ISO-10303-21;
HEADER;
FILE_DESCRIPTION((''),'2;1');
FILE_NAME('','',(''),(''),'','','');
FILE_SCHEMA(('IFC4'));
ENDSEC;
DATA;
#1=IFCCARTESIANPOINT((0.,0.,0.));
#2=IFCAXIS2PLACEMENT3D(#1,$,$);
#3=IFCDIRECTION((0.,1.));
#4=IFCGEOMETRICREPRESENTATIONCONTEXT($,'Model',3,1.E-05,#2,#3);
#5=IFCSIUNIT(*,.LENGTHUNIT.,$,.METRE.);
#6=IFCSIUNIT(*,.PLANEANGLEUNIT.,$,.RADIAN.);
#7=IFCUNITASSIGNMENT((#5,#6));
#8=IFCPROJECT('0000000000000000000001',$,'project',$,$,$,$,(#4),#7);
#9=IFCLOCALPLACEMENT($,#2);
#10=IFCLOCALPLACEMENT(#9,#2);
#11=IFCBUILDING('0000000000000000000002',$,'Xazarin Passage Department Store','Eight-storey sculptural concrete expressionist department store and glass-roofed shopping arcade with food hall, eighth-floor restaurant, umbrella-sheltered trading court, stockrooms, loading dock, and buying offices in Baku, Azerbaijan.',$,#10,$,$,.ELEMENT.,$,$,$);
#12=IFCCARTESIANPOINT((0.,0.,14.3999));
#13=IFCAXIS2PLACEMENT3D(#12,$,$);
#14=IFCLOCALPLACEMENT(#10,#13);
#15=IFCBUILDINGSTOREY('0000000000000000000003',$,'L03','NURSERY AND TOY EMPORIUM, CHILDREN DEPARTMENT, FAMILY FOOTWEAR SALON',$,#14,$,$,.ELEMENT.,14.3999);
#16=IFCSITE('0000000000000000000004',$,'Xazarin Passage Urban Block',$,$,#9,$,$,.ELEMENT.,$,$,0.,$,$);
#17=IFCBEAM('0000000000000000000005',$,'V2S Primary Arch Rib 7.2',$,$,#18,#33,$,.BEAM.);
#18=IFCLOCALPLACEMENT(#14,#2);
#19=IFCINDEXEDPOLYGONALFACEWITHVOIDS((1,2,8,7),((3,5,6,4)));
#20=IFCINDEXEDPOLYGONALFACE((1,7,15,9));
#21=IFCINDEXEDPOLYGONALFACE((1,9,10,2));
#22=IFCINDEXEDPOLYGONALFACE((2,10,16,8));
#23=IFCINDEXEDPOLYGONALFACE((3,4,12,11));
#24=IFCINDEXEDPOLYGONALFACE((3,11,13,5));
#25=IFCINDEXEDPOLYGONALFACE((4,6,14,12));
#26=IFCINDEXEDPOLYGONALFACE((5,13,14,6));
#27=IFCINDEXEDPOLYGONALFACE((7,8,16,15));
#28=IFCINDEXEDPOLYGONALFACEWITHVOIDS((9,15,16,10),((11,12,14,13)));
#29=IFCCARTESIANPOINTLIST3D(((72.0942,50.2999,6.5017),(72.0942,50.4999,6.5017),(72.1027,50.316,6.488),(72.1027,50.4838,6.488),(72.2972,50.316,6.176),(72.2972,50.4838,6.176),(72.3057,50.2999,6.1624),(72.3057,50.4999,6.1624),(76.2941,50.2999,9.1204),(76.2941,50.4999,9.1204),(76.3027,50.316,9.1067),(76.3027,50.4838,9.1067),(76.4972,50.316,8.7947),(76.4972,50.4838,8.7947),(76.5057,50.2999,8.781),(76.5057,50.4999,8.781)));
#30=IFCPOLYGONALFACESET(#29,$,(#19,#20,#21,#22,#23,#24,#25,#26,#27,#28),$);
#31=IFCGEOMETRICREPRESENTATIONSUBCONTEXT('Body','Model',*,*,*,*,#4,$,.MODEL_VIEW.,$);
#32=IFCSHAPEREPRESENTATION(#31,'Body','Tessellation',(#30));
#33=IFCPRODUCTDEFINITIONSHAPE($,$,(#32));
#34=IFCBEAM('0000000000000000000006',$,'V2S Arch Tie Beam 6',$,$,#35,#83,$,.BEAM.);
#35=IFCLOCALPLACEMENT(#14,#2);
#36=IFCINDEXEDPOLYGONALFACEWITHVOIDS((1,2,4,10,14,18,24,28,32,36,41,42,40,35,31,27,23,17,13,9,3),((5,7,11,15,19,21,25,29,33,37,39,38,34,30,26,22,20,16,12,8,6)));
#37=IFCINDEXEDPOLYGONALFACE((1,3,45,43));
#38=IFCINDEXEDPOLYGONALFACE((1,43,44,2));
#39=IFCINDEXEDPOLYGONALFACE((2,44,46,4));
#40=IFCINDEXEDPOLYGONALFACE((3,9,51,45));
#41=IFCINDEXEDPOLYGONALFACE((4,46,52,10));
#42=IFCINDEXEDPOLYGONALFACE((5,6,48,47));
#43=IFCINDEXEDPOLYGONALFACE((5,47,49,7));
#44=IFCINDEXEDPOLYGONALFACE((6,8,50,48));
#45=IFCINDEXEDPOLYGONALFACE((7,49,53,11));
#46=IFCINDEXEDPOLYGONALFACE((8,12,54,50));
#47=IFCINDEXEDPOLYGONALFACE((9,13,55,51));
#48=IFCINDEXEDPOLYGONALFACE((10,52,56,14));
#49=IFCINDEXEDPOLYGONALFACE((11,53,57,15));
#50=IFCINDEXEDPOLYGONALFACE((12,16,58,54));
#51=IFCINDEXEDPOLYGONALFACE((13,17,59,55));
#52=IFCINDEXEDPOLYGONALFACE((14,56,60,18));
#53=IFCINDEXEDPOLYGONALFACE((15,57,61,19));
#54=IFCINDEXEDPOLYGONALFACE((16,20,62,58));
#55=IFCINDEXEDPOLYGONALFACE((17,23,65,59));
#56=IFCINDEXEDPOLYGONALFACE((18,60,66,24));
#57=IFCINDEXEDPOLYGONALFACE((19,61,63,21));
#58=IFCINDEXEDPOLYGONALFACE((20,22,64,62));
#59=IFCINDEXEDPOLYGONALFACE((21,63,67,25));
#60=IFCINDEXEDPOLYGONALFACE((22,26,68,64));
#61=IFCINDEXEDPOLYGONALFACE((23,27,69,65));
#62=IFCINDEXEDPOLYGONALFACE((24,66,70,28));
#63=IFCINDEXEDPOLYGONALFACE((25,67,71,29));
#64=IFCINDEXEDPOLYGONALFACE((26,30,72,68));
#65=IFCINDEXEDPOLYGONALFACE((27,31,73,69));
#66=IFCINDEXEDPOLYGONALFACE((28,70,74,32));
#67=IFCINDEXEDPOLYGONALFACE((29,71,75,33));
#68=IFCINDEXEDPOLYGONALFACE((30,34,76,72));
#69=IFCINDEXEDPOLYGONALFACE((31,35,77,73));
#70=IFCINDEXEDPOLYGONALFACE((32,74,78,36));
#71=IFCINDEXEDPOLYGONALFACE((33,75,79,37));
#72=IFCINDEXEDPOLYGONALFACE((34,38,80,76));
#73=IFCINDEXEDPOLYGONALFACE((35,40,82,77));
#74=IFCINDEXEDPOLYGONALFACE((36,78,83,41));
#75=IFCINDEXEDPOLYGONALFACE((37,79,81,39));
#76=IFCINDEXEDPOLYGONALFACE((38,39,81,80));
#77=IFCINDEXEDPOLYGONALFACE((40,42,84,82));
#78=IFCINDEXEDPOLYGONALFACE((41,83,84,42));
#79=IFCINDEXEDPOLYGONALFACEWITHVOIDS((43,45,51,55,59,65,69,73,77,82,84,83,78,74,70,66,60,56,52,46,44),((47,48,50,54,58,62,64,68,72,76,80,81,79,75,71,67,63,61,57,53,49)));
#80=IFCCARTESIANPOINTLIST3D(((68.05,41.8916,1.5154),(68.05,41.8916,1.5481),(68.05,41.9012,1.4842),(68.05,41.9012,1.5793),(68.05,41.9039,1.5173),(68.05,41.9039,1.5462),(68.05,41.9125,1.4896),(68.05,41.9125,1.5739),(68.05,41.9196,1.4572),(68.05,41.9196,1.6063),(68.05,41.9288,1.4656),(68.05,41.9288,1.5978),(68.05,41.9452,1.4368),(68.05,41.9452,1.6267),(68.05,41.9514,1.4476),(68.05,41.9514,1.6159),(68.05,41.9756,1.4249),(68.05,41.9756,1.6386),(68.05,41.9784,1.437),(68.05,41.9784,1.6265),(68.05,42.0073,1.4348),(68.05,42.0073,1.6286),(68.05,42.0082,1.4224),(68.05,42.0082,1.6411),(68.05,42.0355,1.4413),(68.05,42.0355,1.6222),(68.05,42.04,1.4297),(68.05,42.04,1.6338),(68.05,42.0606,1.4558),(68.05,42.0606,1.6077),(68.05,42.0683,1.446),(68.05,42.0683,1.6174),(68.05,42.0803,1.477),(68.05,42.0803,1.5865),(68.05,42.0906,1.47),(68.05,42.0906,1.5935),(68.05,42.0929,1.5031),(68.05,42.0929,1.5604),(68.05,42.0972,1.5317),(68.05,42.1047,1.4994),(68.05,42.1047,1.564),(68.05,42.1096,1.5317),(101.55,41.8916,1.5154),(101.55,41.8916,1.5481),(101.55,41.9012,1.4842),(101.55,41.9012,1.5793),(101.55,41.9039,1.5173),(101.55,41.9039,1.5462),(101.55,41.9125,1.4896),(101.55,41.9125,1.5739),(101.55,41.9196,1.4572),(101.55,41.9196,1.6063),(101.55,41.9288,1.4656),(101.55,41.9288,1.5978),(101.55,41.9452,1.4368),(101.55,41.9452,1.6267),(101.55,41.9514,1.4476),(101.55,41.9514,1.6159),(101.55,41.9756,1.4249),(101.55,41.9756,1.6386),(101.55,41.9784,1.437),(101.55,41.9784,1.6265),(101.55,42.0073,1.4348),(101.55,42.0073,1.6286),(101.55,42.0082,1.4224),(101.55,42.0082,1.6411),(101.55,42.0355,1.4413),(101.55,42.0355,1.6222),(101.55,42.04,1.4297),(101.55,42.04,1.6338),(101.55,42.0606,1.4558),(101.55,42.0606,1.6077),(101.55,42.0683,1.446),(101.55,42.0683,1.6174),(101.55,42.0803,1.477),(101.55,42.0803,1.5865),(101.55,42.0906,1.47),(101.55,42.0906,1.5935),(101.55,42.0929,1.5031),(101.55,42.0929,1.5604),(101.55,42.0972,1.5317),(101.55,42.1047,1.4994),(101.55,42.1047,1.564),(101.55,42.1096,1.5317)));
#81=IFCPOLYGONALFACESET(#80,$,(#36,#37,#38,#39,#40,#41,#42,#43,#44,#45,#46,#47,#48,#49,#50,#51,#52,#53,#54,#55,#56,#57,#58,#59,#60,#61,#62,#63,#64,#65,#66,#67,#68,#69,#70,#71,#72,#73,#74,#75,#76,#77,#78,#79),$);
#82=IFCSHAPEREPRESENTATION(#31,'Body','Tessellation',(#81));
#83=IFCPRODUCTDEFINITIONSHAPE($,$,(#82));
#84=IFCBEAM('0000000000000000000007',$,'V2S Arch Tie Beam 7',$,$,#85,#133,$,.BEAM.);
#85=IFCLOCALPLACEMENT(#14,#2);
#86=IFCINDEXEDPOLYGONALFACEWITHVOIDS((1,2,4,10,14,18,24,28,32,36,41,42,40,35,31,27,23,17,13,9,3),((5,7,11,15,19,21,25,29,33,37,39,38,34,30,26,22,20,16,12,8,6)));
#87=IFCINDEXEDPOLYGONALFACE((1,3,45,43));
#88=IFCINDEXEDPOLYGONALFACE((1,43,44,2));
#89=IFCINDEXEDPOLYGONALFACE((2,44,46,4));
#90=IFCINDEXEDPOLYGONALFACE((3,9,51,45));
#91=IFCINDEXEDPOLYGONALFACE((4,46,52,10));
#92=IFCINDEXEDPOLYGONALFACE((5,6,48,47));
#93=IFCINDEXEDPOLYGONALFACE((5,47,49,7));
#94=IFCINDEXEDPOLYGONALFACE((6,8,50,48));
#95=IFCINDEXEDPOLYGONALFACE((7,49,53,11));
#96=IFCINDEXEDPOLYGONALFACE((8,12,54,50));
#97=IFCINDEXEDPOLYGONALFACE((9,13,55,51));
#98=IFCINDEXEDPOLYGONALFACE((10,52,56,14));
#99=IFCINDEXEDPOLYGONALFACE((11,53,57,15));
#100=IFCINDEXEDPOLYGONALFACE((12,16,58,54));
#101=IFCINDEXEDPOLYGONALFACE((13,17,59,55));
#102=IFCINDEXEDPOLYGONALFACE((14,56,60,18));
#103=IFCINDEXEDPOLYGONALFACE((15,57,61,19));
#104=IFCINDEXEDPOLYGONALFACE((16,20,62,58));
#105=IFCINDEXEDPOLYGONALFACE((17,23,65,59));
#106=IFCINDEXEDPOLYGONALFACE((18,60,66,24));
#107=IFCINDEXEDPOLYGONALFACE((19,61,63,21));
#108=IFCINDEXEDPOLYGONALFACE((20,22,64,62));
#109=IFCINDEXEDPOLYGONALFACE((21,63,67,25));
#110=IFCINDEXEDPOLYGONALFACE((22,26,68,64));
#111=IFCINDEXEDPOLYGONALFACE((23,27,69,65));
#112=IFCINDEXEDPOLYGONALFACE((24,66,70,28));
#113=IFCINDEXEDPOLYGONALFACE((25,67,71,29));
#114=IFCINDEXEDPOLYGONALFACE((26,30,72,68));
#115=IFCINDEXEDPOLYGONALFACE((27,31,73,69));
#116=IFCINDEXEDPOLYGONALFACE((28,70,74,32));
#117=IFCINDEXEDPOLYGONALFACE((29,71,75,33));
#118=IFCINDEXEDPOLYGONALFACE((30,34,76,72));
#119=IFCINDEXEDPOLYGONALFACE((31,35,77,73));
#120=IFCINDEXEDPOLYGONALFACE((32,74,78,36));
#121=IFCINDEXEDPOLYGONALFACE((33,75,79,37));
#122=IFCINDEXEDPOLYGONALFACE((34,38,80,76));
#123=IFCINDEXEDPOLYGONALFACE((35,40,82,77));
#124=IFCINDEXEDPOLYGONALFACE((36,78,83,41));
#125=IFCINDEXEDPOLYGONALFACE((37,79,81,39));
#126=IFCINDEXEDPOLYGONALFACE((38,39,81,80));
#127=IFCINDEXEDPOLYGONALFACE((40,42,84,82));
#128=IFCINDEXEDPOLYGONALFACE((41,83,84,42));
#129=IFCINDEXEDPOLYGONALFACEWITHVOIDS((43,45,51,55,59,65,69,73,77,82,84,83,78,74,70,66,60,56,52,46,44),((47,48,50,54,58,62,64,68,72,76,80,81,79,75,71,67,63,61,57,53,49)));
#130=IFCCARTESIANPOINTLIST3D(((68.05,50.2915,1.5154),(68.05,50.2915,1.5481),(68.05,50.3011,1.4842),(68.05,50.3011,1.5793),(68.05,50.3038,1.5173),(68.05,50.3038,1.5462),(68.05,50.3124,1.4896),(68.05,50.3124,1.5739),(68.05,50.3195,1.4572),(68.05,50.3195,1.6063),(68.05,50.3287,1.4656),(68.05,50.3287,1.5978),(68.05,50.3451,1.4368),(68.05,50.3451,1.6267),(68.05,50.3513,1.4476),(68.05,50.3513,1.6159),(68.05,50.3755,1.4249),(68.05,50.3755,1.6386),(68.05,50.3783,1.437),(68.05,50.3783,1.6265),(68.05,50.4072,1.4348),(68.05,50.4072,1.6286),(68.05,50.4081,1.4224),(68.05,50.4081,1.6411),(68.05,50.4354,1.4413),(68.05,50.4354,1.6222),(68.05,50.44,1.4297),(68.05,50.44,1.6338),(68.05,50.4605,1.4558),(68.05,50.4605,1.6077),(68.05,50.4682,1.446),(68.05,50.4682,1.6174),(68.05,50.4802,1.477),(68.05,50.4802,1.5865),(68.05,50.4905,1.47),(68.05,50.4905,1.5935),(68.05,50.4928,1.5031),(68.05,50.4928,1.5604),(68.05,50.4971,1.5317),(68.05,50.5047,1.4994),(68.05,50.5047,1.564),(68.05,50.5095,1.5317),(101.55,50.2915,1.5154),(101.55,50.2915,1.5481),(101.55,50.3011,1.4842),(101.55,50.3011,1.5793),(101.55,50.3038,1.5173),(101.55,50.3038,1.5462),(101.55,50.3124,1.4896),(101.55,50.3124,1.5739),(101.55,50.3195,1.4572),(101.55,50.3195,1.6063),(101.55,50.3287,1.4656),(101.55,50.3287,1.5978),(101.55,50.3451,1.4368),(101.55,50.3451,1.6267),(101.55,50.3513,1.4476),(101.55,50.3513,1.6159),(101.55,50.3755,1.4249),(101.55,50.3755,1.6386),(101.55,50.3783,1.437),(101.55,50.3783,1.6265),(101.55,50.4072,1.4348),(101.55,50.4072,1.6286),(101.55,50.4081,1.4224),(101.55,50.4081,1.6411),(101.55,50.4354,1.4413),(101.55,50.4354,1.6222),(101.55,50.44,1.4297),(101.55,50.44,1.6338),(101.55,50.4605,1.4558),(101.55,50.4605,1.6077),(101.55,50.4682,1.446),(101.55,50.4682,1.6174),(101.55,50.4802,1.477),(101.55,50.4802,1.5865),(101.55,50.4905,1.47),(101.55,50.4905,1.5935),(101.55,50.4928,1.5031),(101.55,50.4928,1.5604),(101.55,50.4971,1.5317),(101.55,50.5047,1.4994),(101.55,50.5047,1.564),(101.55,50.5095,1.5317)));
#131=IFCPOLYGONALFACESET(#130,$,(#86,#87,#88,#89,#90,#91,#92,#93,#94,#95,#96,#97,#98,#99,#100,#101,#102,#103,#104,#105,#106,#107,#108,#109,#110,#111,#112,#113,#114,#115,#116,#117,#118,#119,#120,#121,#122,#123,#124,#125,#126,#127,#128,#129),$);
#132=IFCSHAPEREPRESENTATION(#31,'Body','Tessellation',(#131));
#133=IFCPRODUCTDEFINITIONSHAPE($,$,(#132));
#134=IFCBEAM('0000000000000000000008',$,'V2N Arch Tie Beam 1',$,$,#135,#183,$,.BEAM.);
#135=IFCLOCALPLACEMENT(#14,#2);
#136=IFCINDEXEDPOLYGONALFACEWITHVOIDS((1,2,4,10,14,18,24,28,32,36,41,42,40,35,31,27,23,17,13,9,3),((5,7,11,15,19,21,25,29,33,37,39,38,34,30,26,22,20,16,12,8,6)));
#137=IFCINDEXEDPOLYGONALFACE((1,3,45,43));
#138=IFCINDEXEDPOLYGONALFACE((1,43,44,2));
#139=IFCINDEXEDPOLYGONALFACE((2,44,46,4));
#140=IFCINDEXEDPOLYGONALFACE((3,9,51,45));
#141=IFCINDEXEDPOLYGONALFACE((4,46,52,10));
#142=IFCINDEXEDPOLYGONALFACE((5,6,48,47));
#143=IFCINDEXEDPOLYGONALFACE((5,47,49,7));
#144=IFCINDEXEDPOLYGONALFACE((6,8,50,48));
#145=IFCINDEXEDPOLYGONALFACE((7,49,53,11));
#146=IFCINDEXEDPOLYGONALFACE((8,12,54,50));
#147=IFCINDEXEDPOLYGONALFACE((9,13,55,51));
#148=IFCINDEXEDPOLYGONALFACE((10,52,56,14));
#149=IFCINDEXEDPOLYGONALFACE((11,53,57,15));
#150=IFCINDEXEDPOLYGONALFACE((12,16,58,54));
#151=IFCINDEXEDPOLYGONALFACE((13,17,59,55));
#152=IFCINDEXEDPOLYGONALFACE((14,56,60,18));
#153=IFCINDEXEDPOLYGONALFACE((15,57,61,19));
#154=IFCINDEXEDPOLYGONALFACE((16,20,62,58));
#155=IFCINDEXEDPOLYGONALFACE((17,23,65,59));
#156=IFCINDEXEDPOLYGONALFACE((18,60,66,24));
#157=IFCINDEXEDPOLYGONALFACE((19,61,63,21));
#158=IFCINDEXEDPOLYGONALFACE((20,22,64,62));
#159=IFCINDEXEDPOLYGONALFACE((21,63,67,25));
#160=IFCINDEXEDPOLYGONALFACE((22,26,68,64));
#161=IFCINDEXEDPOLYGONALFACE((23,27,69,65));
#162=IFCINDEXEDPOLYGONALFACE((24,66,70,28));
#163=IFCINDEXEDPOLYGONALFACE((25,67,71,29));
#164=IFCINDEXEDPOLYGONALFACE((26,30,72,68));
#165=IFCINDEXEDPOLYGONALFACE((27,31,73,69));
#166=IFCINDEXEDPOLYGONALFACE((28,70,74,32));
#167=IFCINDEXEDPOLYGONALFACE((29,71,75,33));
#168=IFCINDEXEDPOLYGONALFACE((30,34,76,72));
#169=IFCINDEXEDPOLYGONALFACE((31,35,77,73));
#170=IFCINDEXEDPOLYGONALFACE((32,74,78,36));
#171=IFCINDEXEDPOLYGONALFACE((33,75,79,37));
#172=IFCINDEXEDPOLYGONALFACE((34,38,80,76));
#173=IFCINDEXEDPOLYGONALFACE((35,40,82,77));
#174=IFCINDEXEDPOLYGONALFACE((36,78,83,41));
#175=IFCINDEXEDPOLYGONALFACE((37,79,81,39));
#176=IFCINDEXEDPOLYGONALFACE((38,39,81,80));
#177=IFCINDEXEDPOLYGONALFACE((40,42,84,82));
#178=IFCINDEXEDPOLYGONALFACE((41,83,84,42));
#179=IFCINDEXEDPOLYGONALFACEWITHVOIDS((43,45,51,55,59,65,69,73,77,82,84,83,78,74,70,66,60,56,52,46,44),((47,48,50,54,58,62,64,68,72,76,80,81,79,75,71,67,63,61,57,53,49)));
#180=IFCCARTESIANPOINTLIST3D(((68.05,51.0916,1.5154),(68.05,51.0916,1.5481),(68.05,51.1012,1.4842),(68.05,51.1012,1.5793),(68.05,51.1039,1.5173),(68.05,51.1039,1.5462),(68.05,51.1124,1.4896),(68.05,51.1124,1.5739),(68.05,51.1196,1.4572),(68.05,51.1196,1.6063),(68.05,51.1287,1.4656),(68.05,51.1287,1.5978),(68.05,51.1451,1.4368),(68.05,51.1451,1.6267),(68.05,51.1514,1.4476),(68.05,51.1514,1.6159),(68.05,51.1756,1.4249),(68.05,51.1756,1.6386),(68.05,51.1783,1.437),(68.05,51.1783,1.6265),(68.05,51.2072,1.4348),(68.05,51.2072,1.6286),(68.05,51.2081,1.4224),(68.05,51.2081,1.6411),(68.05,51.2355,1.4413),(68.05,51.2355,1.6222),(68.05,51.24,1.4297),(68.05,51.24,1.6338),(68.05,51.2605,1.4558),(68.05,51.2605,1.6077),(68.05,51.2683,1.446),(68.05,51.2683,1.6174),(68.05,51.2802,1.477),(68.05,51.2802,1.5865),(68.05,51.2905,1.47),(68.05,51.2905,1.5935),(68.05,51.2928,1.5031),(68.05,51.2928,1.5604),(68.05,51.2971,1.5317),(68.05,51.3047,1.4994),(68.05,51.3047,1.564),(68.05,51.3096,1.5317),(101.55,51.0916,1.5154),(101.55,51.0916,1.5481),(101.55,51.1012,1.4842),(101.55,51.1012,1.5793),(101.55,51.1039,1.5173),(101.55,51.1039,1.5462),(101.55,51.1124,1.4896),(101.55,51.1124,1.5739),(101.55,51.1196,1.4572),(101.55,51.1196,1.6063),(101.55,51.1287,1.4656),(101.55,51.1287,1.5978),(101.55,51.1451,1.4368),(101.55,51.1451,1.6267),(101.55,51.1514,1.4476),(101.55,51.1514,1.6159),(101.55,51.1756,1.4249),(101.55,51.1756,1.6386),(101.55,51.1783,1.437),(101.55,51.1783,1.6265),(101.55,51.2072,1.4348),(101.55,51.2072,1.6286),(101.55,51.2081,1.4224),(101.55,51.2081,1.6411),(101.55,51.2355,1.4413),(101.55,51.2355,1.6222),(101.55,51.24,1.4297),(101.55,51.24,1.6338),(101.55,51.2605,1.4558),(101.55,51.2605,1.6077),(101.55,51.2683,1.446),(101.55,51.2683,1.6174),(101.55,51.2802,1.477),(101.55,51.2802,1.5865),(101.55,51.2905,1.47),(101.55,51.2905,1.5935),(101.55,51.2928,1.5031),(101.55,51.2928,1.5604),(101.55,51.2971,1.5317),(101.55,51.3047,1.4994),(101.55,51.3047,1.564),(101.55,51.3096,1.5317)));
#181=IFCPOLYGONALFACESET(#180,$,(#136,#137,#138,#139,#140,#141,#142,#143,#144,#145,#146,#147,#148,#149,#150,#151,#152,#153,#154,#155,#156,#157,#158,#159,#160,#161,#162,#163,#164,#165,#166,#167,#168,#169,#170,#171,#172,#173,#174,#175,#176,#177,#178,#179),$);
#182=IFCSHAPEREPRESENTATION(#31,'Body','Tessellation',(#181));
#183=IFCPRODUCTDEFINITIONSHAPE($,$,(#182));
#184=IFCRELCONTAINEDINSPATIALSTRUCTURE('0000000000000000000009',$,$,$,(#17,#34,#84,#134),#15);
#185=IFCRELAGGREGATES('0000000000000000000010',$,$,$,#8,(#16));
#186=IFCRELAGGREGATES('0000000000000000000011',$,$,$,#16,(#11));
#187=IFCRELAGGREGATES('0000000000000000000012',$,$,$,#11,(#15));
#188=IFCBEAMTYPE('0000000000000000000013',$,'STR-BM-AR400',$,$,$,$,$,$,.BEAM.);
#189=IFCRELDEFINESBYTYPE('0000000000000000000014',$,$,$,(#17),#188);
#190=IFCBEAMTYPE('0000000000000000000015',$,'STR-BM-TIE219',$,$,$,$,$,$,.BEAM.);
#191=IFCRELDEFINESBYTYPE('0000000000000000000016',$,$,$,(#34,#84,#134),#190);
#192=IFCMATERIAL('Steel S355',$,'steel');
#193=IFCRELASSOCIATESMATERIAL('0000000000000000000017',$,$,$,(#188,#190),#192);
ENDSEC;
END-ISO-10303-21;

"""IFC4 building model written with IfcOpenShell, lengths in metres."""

from ifc_helpers import new_model, si_unit, direction, frame, origin, origin_2d, place, context, subcontext, project, spatial, hollow_rectangle, hollow_circle, extrude, material, material_profile, profile_set, type_object, element, save


model = new_model("IFC4")

# Units and contexts
model_context = context("Model", 3, precision=1e-05, world=origin(), true_north=direction((0.0, 1.0)))
body_context = subcontext(model_context, "Body", "Model", "MODEL_VIEW")
ifc_project = project(units=[si_unit("LENGTHUNIT", "METRE"), si_unit("PLANEANGLEUNIT", "RADIAN")], contexts=[model_context])

# Site, building, storey
site_placement = place(None, origin())
site = spatial("IfcSite", under=ifc_project, at=site_placement, Name="Xazarin Passage Urban Block", CompositionType="ELEMENT", RefElevation=0.0)
building_placement = place(site_placement, origin())
building = spatial("IfcBuilding", under=site, at=building_placement, Name="Xazarin Passage Department Store", Description="Eight-storey sculptural concrete expressionist department store and glass-roofed shopping arcade with food hall, eighth-floor restaurant, umbrella-sheltered trading court, stockrooms, loading dock, and buying offices in Baku, Azerbaijan.", CompositionType="ELEMENT")
storey_placement = place(building_placement, frame((0.0, 0.0, 14.3999)))
storey = spatial("IfcBuildingStorey", under=building, at=storey_placement, Name="L03", Description="NURSERY AND TOY EMPORIUM, CHILDREN DEPARTMENT, FAMILY FOOTWEAR SALON", CompositionType="ELEMENT", Elevation=14.3999)

# Beams
ifc_material_1 = material(Name="Steel S355", Category="steel")
ifc_material_profile_1 = material_profile(ifc_material_1, hollow_rectangle(XDim=0.2, YDim=0.3999, WallThickness=0.0161, at=origin_2d()), Name="RHS 400x200x16")
ifc_profile_set_1 = profile_set([ifc_material_profile_1], Name="Steel S355")
beam_type_1 = type_object("IfcBeamType", Name="STR-BM-AR400", PredefinedType="BEAM", material=ifc_profile_set_1)
for number, where, z_axis, x_axis, name in (
    (1, (72.2, 50.3999, 6.332), (0.848571, 0.0, 0.529081), (0.0, 1.0, 0.0), "V2S Primary Arch Rib 7.2"),
):
    element("IfcBeam", number, at=place(storey_placement, frame(where, z_axis=z_axis, x_axis=x_axis)), inside=storey, type_object=beam_type_1, Name=name, PredefinedType="BEAM", context=body_context, shape_type="SweptSolid", body=[
        extrude(hollow_rectangle(XDim=0.2, YDim=0.3999, WallThickness=0.0161, at=origin_2d()), origin(), (0.0, 0.0, 1.0), 4.9495),
    ])
ifc_material_profile_2 = material_profile(ifc_material_1, hollow_circle(Radius=0.1096, WallThickness=0.0125, at=origin_2d()), Name="CHS 219.1x12.5")
ifc_profile_set_2 = profile_set([ifc_material_profile_2], Name="Steel S355")
beam_type_2 = type_object("IfcBeamType", Name="STR-BM-TIE219", PredefinedType="BEAM", material=ifc_profile_set_2)
for number, where, z_axis, x_axis, name in (
    (2, (68.05, 42.0, 1.5317), (1.0, 0.0, 0.0), (0.0, 1.0, 0.0), "V2S Arch Tie Beam 6"),
    (3, (68.05, 50.3999, 1.5317), (1.0, 0.0, 0.0), (0.0, 1.0, 0.0), "V2S Arch Tie Beam 7"),
    (4, (68.05, 51.2, 1.5317), (1.0, 0.0, 0.0), (0.0, 1.0, 0.0), "V2N Arch Tie Beam 1"),
):
    element("IfcBeam", number, at=place(storey_placement, frame(where, z_axis=z_axis, x_axis=x_axis)), inside=storey, type_object=beam_type_2, Name=name, PredefinedType="BEAM", context=body_context, shape_type="SweptSolid", body=[
        extrude(hollow_circle(Radius=0.1096, WallThickness=0.0125, at=origin_2d()), origin(), (0.0, 0.0, 1.0), 33.5),
    ])

save(model, "model.ifc")
